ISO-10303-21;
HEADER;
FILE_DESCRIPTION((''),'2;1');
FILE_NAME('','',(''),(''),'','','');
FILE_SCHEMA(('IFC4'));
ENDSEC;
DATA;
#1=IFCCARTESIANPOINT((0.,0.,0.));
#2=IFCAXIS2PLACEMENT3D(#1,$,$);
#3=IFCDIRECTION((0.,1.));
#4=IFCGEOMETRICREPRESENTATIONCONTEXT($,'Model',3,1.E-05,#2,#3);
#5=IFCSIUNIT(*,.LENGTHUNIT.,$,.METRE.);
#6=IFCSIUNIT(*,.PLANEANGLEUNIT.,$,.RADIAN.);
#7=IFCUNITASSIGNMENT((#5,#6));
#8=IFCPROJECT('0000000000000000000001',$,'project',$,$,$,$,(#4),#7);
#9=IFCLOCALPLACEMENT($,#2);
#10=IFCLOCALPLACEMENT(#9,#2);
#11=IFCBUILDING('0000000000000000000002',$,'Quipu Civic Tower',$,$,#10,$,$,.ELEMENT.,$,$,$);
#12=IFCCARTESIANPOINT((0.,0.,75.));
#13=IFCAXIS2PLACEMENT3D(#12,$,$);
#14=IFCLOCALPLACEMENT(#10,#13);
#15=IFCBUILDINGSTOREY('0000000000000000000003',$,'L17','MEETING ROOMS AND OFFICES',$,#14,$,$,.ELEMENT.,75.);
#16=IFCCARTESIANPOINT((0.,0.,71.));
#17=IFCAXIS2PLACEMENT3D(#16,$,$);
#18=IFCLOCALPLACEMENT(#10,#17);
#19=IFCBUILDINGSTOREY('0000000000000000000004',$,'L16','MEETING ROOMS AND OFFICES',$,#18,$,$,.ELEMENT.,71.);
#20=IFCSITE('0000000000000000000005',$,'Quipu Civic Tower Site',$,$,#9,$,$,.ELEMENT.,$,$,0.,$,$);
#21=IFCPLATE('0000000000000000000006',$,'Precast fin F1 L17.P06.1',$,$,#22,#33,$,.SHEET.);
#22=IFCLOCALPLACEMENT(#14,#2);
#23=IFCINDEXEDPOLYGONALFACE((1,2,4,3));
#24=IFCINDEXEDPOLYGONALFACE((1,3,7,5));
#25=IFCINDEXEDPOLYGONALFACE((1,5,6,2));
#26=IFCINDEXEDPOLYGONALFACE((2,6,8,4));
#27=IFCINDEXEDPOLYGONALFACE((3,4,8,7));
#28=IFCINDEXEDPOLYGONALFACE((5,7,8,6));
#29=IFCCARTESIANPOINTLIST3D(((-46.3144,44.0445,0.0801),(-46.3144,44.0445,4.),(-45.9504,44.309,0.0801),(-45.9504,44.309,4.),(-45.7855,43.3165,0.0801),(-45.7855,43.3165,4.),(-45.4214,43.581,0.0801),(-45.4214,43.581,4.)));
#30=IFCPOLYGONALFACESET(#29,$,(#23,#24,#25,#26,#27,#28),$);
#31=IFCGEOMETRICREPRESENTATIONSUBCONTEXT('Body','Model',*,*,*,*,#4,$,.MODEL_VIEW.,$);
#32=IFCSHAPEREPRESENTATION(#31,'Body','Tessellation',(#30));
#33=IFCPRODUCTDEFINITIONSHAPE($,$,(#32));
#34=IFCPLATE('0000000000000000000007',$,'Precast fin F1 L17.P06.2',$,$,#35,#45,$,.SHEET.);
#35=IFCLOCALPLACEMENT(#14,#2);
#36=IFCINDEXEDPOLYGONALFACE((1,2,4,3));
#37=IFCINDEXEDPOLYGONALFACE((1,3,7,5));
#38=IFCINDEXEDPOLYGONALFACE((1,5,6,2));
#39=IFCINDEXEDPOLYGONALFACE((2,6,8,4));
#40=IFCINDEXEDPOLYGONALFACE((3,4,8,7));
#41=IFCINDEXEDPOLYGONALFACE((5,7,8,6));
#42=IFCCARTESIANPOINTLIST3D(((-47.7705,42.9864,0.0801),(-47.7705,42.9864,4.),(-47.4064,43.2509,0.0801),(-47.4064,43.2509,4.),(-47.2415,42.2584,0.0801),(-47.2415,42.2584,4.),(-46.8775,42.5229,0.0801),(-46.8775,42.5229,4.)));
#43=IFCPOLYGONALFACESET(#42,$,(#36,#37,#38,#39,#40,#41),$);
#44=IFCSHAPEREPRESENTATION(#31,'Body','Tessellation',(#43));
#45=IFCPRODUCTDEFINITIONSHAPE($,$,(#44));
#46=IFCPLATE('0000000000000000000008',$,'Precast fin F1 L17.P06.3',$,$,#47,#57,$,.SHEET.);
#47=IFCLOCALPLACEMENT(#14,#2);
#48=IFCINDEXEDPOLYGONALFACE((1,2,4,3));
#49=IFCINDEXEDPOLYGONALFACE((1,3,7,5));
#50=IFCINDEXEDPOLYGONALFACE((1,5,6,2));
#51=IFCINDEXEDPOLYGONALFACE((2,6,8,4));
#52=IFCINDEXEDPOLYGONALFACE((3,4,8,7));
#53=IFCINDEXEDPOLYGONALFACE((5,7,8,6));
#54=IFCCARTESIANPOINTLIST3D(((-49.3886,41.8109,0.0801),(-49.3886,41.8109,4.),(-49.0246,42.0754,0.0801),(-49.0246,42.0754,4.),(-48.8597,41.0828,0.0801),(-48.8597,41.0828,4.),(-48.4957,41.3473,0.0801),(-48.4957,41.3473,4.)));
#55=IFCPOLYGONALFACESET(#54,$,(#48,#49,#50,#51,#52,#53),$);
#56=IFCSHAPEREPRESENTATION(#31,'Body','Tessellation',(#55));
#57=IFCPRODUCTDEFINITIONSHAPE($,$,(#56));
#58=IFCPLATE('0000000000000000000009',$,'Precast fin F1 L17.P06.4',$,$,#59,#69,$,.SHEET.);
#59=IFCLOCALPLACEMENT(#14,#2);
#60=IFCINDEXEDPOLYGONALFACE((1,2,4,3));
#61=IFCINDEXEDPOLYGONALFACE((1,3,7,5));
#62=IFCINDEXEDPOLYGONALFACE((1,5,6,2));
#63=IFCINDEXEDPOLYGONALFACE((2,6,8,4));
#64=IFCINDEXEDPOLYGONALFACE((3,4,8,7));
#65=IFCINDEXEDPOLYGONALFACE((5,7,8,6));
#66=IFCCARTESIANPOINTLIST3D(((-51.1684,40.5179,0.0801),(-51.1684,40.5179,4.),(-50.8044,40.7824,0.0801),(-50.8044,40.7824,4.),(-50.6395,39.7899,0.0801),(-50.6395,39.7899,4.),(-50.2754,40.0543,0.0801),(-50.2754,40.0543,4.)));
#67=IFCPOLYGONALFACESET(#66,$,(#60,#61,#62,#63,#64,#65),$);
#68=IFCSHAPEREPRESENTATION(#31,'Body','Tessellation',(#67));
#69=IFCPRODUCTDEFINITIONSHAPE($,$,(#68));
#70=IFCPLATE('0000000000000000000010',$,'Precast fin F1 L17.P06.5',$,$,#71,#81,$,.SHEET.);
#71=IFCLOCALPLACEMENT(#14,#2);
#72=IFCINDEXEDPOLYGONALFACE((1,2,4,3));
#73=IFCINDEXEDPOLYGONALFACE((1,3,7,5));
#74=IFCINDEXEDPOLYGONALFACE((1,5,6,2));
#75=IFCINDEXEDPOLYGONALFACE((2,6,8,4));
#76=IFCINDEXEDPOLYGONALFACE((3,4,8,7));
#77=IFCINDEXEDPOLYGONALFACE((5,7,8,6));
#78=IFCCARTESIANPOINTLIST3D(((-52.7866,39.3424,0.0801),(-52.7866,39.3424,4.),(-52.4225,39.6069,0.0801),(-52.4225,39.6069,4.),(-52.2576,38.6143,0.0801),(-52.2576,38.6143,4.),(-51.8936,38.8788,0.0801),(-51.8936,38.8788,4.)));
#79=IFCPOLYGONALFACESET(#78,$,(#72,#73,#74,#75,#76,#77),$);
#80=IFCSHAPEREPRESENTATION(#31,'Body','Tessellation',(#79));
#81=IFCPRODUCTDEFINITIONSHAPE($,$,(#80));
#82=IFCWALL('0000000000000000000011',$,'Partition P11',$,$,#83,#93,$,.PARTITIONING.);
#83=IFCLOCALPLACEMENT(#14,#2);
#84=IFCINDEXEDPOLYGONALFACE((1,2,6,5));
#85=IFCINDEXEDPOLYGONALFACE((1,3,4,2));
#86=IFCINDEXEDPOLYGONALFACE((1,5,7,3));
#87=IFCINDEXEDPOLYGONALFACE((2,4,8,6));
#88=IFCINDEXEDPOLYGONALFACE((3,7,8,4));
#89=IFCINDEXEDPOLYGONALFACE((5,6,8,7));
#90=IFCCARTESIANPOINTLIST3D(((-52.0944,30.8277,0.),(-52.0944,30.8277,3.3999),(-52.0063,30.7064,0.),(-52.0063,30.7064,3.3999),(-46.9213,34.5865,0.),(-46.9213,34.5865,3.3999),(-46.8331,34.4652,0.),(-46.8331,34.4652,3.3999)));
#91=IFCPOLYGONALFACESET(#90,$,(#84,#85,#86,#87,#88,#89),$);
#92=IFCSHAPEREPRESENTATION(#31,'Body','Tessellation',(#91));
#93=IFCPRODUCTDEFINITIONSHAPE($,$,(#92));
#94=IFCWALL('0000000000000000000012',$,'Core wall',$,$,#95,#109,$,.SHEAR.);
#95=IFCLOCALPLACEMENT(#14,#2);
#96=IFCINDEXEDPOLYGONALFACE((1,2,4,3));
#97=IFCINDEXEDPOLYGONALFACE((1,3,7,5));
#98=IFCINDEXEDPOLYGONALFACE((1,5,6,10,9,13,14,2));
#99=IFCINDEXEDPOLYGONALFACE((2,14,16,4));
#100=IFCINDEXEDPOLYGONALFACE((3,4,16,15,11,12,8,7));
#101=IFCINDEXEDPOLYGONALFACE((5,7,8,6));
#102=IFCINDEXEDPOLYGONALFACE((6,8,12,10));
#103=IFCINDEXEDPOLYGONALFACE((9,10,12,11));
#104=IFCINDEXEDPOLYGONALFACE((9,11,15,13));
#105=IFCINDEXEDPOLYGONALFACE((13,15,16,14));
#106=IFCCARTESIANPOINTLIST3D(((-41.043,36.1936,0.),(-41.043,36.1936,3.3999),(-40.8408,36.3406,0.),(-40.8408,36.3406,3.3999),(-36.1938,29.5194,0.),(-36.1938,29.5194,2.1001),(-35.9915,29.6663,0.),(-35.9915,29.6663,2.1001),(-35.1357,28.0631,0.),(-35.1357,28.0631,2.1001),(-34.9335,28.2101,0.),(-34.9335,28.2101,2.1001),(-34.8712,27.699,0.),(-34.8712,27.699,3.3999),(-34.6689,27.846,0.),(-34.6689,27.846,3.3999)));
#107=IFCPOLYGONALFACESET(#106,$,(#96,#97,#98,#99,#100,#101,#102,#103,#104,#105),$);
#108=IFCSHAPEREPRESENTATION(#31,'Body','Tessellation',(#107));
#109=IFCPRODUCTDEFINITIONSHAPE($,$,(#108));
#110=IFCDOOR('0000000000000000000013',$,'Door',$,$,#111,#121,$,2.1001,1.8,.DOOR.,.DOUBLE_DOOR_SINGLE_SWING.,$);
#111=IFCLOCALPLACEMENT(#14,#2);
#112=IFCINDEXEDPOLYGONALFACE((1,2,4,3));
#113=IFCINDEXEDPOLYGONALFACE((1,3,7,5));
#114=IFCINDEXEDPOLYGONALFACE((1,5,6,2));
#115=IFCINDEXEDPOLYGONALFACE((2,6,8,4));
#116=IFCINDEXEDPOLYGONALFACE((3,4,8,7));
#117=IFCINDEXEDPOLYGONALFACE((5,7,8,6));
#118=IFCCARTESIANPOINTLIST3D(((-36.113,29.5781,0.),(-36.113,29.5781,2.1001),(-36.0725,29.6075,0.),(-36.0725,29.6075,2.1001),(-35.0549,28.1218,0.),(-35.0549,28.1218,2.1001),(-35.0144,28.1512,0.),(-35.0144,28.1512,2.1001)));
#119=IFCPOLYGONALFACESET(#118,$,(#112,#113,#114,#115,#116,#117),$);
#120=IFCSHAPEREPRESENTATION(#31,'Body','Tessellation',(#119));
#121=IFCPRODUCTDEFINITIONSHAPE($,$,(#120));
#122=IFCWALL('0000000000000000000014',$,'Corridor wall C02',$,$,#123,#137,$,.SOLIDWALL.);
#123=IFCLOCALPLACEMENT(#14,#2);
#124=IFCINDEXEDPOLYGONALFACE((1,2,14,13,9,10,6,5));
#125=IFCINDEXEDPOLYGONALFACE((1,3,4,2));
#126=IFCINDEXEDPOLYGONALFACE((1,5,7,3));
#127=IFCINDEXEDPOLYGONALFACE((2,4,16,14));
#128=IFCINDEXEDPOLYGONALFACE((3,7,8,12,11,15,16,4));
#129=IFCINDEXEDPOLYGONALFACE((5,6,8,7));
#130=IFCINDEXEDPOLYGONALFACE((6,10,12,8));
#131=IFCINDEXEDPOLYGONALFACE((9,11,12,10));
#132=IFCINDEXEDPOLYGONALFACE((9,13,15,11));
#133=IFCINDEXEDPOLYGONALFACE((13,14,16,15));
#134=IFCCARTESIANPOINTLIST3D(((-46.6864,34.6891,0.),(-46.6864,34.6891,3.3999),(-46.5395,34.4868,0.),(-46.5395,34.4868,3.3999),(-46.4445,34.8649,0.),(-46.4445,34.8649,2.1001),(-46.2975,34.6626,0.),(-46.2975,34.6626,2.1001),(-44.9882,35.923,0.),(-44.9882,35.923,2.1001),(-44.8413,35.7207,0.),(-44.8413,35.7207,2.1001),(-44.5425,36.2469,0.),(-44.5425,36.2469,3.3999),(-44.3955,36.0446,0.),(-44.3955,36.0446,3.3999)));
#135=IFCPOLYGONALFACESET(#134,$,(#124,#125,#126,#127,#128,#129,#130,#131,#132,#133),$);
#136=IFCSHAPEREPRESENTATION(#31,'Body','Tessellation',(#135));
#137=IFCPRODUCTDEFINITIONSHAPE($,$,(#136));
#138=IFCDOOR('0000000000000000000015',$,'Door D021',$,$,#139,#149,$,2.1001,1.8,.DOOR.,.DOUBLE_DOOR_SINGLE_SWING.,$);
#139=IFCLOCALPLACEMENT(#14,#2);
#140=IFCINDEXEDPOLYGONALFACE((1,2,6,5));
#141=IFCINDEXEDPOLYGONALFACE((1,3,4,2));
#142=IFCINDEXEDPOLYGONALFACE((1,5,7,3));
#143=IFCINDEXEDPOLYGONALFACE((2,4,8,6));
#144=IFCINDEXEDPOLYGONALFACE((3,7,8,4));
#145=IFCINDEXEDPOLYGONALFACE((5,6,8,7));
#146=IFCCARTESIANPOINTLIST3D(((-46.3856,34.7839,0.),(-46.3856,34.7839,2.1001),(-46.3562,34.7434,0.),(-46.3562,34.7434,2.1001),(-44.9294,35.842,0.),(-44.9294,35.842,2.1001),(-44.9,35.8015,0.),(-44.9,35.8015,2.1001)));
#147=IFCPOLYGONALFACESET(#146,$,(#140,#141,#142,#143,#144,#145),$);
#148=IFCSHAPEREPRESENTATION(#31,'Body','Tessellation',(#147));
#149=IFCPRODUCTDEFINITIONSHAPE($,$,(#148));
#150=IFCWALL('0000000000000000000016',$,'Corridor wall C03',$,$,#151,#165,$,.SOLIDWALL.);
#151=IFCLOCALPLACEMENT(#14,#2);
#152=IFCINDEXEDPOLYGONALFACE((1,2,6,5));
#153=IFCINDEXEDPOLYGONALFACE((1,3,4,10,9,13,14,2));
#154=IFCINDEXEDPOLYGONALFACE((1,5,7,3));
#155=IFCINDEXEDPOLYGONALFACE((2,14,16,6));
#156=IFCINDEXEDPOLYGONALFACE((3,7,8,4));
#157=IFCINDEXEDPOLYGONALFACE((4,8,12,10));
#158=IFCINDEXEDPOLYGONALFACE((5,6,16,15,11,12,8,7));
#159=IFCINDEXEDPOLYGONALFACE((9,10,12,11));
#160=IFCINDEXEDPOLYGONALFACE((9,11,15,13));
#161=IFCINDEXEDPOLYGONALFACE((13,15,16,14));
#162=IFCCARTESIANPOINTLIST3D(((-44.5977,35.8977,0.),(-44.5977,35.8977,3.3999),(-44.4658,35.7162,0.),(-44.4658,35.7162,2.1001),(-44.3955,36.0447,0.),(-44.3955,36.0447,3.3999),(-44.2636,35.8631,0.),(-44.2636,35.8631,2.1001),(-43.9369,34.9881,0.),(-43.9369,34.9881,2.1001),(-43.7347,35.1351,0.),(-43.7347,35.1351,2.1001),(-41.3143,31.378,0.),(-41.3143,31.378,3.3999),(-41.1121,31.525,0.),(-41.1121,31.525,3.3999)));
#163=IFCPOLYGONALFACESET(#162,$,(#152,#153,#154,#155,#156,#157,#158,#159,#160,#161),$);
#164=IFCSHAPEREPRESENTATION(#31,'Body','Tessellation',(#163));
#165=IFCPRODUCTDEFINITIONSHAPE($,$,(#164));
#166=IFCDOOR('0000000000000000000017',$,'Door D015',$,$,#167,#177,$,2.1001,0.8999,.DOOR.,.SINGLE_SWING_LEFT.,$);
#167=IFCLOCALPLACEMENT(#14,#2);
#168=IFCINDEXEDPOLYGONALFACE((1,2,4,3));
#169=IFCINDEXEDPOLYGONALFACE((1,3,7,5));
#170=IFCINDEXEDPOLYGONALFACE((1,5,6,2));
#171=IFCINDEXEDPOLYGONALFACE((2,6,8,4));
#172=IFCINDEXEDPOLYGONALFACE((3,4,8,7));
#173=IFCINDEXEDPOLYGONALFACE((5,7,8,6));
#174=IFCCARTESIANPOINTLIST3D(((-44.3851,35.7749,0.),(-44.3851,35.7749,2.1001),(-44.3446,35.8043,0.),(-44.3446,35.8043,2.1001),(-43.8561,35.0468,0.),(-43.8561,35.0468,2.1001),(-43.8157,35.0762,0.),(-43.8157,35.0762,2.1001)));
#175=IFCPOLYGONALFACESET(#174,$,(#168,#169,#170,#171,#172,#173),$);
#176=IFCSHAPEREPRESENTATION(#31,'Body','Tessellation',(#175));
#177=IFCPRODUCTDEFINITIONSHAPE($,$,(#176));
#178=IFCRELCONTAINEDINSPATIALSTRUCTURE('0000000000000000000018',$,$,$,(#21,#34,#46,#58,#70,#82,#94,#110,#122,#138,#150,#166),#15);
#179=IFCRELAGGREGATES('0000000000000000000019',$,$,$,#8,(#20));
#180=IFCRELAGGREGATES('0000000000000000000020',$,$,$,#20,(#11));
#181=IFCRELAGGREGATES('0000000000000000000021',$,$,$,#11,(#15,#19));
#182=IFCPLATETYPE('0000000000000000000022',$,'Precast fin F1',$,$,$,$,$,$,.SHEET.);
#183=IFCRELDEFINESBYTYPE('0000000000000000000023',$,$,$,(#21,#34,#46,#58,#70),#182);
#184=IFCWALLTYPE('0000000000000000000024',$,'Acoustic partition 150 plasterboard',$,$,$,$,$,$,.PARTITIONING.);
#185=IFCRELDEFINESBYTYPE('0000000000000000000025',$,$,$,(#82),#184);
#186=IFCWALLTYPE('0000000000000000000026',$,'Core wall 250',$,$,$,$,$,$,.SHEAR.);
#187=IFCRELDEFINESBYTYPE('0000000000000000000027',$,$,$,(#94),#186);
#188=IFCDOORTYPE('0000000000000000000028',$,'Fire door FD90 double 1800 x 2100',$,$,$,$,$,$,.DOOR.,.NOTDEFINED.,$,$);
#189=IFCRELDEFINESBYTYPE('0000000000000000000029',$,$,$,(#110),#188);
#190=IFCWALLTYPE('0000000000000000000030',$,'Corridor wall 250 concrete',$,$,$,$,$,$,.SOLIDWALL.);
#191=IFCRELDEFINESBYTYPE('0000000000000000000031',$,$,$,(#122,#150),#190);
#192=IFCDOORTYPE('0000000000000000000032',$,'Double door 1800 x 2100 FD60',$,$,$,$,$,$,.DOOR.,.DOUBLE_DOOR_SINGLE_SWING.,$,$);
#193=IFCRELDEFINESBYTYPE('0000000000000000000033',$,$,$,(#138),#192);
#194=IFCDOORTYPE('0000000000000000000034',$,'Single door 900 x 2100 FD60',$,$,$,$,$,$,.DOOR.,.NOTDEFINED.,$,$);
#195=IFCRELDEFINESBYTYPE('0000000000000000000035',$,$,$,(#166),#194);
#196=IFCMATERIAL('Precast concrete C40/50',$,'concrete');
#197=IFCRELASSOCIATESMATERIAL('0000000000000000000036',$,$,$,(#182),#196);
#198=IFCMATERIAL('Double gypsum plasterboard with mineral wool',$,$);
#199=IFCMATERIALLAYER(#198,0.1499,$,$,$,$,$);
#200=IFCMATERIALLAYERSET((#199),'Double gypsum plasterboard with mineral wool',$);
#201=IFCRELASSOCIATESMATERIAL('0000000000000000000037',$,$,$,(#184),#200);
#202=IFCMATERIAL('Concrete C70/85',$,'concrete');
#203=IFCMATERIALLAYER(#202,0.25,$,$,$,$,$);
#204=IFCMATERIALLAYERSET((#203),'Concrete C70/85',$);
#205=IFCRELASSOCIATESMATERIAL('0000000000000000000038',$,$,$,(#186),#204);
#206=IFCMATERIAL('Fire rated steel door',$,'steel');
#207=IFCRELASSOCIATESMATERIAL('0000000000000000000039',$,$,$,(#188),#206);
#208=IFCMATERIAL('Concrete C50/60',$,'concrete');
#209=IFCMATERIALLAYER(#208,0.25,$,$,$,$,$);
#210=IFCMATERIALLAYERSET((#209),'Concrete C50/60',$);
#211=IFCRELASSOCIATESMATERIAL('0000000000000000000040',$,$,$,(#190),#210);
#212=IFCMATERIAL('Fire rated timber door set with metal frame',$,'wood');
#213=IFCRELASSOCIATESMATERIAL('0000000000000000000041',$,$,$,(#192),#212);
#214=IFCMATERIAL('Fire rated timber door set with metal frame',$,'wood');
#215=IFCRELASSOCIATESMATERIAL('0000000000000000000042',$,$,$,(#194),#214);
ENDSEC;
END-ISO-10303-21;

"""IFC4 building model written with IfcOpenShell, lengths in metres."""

from ifc_helpers import new_model, si_unit, direction, frame, frame_2d, origin, origin_2d, place, context, subcontext, project, spatial, rectangle, extrude, material, layer, layer_set, type_object, element, fill, save


model = new_model("IFC4")

# Units and contexts
model_context = context("Model", 3, precision=1e-05, world=origin(), true_north=direction((0.0, 1.0)))
body_context = subcontext(model_context, "Body", "Model", "MODEL_VIEW")
ifc_project = project(units=[si_unit("LENGTHUNIT", "METRE"), si_unit("PLANEANGLEUNIT", "RADIAN")], contexts=[model_context])

# Site, building, storey
site_placement = place(None, origin())
site = spatial("IfcSite", under=ifc_project, at=site_placement, Name="Quipu Civic Tower Site", CompositionType="ELEMENT", RefElevation=0.0)
building_placement = place(site_placement, origin())
building = spatial("IfcBuilding", under=site, at=building_placement, Name="Quipu Civic Tower", CompositionType="ELEMENT")
storey_1_placement = place(building_placement, frame((0.0, 0.0, 75.0)))
storey_1 = spatial("IfcBuildingStorey", under=building, at=storey_1_placement, Name="L17", Description="MEETING ROOMS AND OFFICES", CompositionType="ELEMENT", Elevation=75.0)

# Shared definitions
storey_2_placement = place(building_placement, frame((0.0, 0.0, 71.0)))
storey_2 = spatial("IfcBuildingStorey", under=building, at=storey_2_placement, Name="L16", Description="MEETING ROOMS AND OFFICES", CompositionType="ELEMENT", Elevation=71.0)

# Plates
ifc_material_1 = material(Name="Precast concrete C40/50", Category="concrete")
plate_type_1 = type_object("IfcPlateType", Name="Precast fin F1", PredefinedType="SHEET", material=ifc_material_1)
for number, where, z_axis, x_axis, name in (
    (1, (-45.8679, 43.8127, 0.0801), (0.0, 0.0, 1.0), (-0.809021, -0.587779, 0.0), "Precast fin F1 L17.P06.1"),
    (2, (-47.324, 42.7546, 0.0801), (0.0, 0.0, 1.0), (-0.809021, -0.587779, 0.0), "Precast fin F1 L17.P06.2"),
    (3, (-48.9421, 41.5791, 0.0801), (0.0, 0.0, 1.0), (-0.809021, -0.587779, 0.0), "Precast fin F1 L17.P06.3"),
    (4, (-50.7219, 40.2861, 0.0801), (0.0, 0.0, 1.0), (-0.809021, -0.587779, 0.0), "Precast fin F1 L17.P06.4"),
    (5, (-52.3401, 39.1106, 0.0801), (0.0, 0.0, 1.0), (-0.809021, -0.587779, 0.0), "Precast fin F1 L17.P06.5"),
):
    element("IfcPlate", number, at=place(storey_1_placement, frame(where, z_axis=z_axis, x_axis=x_axis)), inside=storey_1, type_object=plate_type_1, Name=name, PredefinedType="SHEET", context=body_context, shape_type="SweptSolid", body=[
        extrude(rectangle(XDim=0.45, YDim=0.8999, at=origin_2d()), origin(), (0.0, 0.0, 1.0), 3.9199),
    ])

# Wall
ifc_material_2 = material(Name="Double gypsum plasterboard with mineral wool")
ifc_layer_1 = layer(ifc_material_2, 0.1499)
ifc_layer_set_1 = layer_set([ifc_layer_1], Name="Double gypsum plasterboard with mineral wool")
wall_type_1 = type_object("IfcWallType", Name="Acoustic partition 150 plasterboard", PredefinedType="PARTITIONING", material=ifc_layer_set_1)
wall_1_placement = place(storey_1_placement, frame((-46.8772, 34.5259, 0.0), z_axis=(0.0, 0.0, 1.0), x_axis=(-0.808994, -0.587817, 0.0)))
element("IfcWall", 6, at=wall_1_placement, inside=storey_1, type_object=wall_type_1, Name="Partition P11", PredefinedType="PARTITIONING", context=body_context, shape_type="SweptSolid", body=[
    extrude(rectangle(XDim=6.3945, YDim=0.1499, at=frame_2d((3.1973, 0.0))), origin(), (0.0, 0.0, 1.0), 3.3999),
])

# Walls, openings, doors
ifc_material_3 = material(Name="Concrete C70/85", Category="concrete")
ifc_layer_2 = layer(ifc_material_3, 0.25)
ifc_layer_set_2 = layer_set([ifc_layer_2], Name="Concrete C70/85")
wall_type_2 = type_object("IfcWallType", Name="Core wall 250", PredefinedType="SHEAR", material=ifc_layer_set_2)
wall_2_placement = place(storey_1_placement, frame((-40.9419, 36.2671, 0.0), z_axis=(0.0, 0.0, 1.0), x_axis=(0.587796, -0.809009, 0.0)))
wall_2 = element("IfcWall", 7, at=wall_2_placement, inside=storey_1, type_object=wall_type_2, Name="Core wall", PredefinedType="SHEAR", context=body_context, shape_type="SweptSolid", body=[
    extrude(rectangle(XDim=10.5, YDim=0.25, at=frame_2d((5.25, 0.0))), origin(), (0.0, 0.0, 1.0), 3.3999),
])
opening_1_placement = place(wall_2_placement, frame((8.25, 0.0, 0.0)))
opening_1 = element("IfcOpeningElement", 8, at=opening_1_placement, cuts=wall_2, PredefinedType="OPENING", context=body_context, shape_type="SweptSolid", body=[
    extrude(rectangle(XDim=1.8, YDim=2.1001, at=frame_2d((0.8999, 1.05))), frame((0.0, 0.135, 0.0), z_axis=(0.0, -1.0, 0.0), x_axis=(1.0, 0.0, 0.0)), (0.0, 0.0, 1.0), 0.27),
])
ifc_material_4 = material(Name="Fire rated steel door", Category="steel")
door_type_1 = type_object("IfcDoorType", Name="Fire door FD90 double 1800 x 2100", OperationType="NOTDEFINED", PredefinedType="DOOR", material=ifc_material_4)
door_1_placement = place(opening_1_placement, origin())
door_1 = element("IfcDoor", 9, at=door_1_placement, inside=storey_1, type_object=door_type_1, Name="Door", OperationType="DOUBLE_DOOR_SINGLE_SWING", OverallHeight=2.1001, OverallWidth=1.8, PredefinedType="DOOR", context=body_context, shape_type="SweptSolid", body=[
    extrude(rectangle(XDim=1.8, YDim=2.1001, at=frame_2d((0.8999, 1.05))), frame((0.0, 0.0249, 0.0), z_axis=(0.0, -1.0, 0.0), x_axis=(1.0, 0.0, 0.0)), (0.0, 0.0, 1.0), 0.05),
])
fill(opening_1, door_1)
ifc_material_5 = material(Name="Concrete C50/60", Category="concrete")
ifc_layer_3 = layer(ifc_material_5, 0.25)
ifc_layer_set_3 = layer_set([ifc_layer_3], Name="Concrete C50/60")
wall_type_3 = type_object("IfcWallType", Name="Corridor wall 250 concrete", PredefinedType="SOLIDWALL", material=ifc_layer_set_3)
wall_3_placement = place(storey_1_placement, frame((-46.613, 34.5879, 0.0), z_axis=(0.0, 0.0, 1.0), x_axis=(0.808995, 0.587816, 0.0)))
wall_3 = element("IfcWall", 10, at=wall_3_placement, inside=storey_1, type_object=wall_type_3, Name="Corridor wall C02", PredefinedType="SOLIDWALL", context=body_context, shape_type="SweptSolid", body=[
    extrude(rectangle(XDim=2.6501, YDim=0.25, at=frame_2d((1.3252, 0.0))), origin(), (0.0, 0.0, 1.0), 3.3999),
])
opening_2_placement = place(wall_3_placement, frame((0.2993, 0.0, 0.0)))
opening_2 = element("IfcOpeningElement", 11, at=opening_2_placement, cuts=wall_3, PredefinedType="OPENING", context=body_context, shape_type="SweptSolid", body=[
    extrude(rectangle(XDim=1.8, YDim=2.1001, at=frame_2d((0.8999, 1.05))), frame((0.0, 0.135, 0.0), z_axis=(0.0, -1.0, 0.0), x_axis=(1.0, 0.0, 0.0)), (0.0, 0.0, 1.0), 0.27),
])
ifc_material_6 = material(Name="Fire rated timber door set with metal frame", Category="wood")
door_type_2 = type_object("IfcDoorType", Name="Double door 1800 x 2100 FD60", OperationType="DOUBLE_DOOR_SINGLE_SWING", PredefinedType="DOOR", material=ifc_material_6)
door_2_placement = place(opening_2_placement, origin())
door_2 = element("IfcDoor", 12, at=door_2_placement, inside=storey_1, type_object=door_type_2, Name="Door D021", OperationType="DOUBLE_DOOR_SINGLE_SWING", OverallHeight=2.1001, OverallWidth=1.8, PredefinedType="DOOR", context=body_context, shape_type="SweptSolid", body=[
    extrude(rectangle(XDim=1.8, YDim=2.1001, at=frame_2d((0.8999, 1.05))), frame((0.0, 0.0249, 0.0), z_axis=(0.0, -1.0, 0.0), x_axis=(1.0, 0.0, 0.0)), (0.0, 0.0, 1.0), 0.05),
])
fill(opening_2, door_2)
wall_4_placement = place(storey_1_placement, frame((-44.4966, 35.9712, 0.0), z_axis=(0.0, 0.0, 1.0), x_axis=(0.587743, -0.809048, 0.0)))
wall_4 = element("IfcWall", 13, at=wall_4_placement, inside=storey_1, type_object=wall_type_3, Name="Corridor wall C03", PredefinedType="SOLIDWALL", context=body_context, shape_type="SweptSolid", body=[
    extrude(rectangle(XDim=5.5864, YDim=0.25, at=frame_2d((2.7932, 0.0))), origin(), (0.0, 0.0, 1.0), 3.3999),
])
opening_3_placement = place(wall_4_placement, frame((0.2244, 0.0, 0.0)))
opening_3 = element("IfcOpeningElement", 14, at=opening_3_placement, cuts=wall_4, PredefinedType="OPENING", context=body_context, shape_type="SweptSolid", body=[
    extrude(rectangle(XDim=0.8999, YDim=2.1001, at=frame_2d((0.45, 1.05))), frame((0.0, 0.135, 0.0), z_axis=(0.0, -1.0, 0.0), x_axis=(1.0, 0.0, 0.0)), (0.0, 0.0, 1.0), 0.27),
])
ifc_material_7 = material(Name="Fire rated timber door set with metal frame", Category="wood")
door_type_3 = type_object("IfcDoorType", Name="Single door 900 x 2100 FD60", OperationType="NOTDEFINED", PredefinedType="DOOR", material=ifc_material_7)
door_3_placement = place(opening_3_placement, origin())
door_3 = element("IfcDoor", 15, at=door_3_placement, inside=storey_1, type_object=door_type_3, Name="Door D015", OperationType="SINGLE_SWING_LEFT", OverallHeight=2.1001, OverallWidth=0.8999, PredefinedType="DOOR", context=body_context, shape_type="SweptSolid", body=[
    extrude(rectangle(XDim=0.8999, YDim=2.1001, at=frame_2d((0.45, 1.05))), frame((0.0, 0.0249, 0.0), z_axis=(0.0, -1.0, 0.0), x_axis=(1.0, 0.0, 0.0)), (0.0, 0.0, 1.0), 0.05),
])
fill(opening_3, door_3)

save(model, "model.ifc")
